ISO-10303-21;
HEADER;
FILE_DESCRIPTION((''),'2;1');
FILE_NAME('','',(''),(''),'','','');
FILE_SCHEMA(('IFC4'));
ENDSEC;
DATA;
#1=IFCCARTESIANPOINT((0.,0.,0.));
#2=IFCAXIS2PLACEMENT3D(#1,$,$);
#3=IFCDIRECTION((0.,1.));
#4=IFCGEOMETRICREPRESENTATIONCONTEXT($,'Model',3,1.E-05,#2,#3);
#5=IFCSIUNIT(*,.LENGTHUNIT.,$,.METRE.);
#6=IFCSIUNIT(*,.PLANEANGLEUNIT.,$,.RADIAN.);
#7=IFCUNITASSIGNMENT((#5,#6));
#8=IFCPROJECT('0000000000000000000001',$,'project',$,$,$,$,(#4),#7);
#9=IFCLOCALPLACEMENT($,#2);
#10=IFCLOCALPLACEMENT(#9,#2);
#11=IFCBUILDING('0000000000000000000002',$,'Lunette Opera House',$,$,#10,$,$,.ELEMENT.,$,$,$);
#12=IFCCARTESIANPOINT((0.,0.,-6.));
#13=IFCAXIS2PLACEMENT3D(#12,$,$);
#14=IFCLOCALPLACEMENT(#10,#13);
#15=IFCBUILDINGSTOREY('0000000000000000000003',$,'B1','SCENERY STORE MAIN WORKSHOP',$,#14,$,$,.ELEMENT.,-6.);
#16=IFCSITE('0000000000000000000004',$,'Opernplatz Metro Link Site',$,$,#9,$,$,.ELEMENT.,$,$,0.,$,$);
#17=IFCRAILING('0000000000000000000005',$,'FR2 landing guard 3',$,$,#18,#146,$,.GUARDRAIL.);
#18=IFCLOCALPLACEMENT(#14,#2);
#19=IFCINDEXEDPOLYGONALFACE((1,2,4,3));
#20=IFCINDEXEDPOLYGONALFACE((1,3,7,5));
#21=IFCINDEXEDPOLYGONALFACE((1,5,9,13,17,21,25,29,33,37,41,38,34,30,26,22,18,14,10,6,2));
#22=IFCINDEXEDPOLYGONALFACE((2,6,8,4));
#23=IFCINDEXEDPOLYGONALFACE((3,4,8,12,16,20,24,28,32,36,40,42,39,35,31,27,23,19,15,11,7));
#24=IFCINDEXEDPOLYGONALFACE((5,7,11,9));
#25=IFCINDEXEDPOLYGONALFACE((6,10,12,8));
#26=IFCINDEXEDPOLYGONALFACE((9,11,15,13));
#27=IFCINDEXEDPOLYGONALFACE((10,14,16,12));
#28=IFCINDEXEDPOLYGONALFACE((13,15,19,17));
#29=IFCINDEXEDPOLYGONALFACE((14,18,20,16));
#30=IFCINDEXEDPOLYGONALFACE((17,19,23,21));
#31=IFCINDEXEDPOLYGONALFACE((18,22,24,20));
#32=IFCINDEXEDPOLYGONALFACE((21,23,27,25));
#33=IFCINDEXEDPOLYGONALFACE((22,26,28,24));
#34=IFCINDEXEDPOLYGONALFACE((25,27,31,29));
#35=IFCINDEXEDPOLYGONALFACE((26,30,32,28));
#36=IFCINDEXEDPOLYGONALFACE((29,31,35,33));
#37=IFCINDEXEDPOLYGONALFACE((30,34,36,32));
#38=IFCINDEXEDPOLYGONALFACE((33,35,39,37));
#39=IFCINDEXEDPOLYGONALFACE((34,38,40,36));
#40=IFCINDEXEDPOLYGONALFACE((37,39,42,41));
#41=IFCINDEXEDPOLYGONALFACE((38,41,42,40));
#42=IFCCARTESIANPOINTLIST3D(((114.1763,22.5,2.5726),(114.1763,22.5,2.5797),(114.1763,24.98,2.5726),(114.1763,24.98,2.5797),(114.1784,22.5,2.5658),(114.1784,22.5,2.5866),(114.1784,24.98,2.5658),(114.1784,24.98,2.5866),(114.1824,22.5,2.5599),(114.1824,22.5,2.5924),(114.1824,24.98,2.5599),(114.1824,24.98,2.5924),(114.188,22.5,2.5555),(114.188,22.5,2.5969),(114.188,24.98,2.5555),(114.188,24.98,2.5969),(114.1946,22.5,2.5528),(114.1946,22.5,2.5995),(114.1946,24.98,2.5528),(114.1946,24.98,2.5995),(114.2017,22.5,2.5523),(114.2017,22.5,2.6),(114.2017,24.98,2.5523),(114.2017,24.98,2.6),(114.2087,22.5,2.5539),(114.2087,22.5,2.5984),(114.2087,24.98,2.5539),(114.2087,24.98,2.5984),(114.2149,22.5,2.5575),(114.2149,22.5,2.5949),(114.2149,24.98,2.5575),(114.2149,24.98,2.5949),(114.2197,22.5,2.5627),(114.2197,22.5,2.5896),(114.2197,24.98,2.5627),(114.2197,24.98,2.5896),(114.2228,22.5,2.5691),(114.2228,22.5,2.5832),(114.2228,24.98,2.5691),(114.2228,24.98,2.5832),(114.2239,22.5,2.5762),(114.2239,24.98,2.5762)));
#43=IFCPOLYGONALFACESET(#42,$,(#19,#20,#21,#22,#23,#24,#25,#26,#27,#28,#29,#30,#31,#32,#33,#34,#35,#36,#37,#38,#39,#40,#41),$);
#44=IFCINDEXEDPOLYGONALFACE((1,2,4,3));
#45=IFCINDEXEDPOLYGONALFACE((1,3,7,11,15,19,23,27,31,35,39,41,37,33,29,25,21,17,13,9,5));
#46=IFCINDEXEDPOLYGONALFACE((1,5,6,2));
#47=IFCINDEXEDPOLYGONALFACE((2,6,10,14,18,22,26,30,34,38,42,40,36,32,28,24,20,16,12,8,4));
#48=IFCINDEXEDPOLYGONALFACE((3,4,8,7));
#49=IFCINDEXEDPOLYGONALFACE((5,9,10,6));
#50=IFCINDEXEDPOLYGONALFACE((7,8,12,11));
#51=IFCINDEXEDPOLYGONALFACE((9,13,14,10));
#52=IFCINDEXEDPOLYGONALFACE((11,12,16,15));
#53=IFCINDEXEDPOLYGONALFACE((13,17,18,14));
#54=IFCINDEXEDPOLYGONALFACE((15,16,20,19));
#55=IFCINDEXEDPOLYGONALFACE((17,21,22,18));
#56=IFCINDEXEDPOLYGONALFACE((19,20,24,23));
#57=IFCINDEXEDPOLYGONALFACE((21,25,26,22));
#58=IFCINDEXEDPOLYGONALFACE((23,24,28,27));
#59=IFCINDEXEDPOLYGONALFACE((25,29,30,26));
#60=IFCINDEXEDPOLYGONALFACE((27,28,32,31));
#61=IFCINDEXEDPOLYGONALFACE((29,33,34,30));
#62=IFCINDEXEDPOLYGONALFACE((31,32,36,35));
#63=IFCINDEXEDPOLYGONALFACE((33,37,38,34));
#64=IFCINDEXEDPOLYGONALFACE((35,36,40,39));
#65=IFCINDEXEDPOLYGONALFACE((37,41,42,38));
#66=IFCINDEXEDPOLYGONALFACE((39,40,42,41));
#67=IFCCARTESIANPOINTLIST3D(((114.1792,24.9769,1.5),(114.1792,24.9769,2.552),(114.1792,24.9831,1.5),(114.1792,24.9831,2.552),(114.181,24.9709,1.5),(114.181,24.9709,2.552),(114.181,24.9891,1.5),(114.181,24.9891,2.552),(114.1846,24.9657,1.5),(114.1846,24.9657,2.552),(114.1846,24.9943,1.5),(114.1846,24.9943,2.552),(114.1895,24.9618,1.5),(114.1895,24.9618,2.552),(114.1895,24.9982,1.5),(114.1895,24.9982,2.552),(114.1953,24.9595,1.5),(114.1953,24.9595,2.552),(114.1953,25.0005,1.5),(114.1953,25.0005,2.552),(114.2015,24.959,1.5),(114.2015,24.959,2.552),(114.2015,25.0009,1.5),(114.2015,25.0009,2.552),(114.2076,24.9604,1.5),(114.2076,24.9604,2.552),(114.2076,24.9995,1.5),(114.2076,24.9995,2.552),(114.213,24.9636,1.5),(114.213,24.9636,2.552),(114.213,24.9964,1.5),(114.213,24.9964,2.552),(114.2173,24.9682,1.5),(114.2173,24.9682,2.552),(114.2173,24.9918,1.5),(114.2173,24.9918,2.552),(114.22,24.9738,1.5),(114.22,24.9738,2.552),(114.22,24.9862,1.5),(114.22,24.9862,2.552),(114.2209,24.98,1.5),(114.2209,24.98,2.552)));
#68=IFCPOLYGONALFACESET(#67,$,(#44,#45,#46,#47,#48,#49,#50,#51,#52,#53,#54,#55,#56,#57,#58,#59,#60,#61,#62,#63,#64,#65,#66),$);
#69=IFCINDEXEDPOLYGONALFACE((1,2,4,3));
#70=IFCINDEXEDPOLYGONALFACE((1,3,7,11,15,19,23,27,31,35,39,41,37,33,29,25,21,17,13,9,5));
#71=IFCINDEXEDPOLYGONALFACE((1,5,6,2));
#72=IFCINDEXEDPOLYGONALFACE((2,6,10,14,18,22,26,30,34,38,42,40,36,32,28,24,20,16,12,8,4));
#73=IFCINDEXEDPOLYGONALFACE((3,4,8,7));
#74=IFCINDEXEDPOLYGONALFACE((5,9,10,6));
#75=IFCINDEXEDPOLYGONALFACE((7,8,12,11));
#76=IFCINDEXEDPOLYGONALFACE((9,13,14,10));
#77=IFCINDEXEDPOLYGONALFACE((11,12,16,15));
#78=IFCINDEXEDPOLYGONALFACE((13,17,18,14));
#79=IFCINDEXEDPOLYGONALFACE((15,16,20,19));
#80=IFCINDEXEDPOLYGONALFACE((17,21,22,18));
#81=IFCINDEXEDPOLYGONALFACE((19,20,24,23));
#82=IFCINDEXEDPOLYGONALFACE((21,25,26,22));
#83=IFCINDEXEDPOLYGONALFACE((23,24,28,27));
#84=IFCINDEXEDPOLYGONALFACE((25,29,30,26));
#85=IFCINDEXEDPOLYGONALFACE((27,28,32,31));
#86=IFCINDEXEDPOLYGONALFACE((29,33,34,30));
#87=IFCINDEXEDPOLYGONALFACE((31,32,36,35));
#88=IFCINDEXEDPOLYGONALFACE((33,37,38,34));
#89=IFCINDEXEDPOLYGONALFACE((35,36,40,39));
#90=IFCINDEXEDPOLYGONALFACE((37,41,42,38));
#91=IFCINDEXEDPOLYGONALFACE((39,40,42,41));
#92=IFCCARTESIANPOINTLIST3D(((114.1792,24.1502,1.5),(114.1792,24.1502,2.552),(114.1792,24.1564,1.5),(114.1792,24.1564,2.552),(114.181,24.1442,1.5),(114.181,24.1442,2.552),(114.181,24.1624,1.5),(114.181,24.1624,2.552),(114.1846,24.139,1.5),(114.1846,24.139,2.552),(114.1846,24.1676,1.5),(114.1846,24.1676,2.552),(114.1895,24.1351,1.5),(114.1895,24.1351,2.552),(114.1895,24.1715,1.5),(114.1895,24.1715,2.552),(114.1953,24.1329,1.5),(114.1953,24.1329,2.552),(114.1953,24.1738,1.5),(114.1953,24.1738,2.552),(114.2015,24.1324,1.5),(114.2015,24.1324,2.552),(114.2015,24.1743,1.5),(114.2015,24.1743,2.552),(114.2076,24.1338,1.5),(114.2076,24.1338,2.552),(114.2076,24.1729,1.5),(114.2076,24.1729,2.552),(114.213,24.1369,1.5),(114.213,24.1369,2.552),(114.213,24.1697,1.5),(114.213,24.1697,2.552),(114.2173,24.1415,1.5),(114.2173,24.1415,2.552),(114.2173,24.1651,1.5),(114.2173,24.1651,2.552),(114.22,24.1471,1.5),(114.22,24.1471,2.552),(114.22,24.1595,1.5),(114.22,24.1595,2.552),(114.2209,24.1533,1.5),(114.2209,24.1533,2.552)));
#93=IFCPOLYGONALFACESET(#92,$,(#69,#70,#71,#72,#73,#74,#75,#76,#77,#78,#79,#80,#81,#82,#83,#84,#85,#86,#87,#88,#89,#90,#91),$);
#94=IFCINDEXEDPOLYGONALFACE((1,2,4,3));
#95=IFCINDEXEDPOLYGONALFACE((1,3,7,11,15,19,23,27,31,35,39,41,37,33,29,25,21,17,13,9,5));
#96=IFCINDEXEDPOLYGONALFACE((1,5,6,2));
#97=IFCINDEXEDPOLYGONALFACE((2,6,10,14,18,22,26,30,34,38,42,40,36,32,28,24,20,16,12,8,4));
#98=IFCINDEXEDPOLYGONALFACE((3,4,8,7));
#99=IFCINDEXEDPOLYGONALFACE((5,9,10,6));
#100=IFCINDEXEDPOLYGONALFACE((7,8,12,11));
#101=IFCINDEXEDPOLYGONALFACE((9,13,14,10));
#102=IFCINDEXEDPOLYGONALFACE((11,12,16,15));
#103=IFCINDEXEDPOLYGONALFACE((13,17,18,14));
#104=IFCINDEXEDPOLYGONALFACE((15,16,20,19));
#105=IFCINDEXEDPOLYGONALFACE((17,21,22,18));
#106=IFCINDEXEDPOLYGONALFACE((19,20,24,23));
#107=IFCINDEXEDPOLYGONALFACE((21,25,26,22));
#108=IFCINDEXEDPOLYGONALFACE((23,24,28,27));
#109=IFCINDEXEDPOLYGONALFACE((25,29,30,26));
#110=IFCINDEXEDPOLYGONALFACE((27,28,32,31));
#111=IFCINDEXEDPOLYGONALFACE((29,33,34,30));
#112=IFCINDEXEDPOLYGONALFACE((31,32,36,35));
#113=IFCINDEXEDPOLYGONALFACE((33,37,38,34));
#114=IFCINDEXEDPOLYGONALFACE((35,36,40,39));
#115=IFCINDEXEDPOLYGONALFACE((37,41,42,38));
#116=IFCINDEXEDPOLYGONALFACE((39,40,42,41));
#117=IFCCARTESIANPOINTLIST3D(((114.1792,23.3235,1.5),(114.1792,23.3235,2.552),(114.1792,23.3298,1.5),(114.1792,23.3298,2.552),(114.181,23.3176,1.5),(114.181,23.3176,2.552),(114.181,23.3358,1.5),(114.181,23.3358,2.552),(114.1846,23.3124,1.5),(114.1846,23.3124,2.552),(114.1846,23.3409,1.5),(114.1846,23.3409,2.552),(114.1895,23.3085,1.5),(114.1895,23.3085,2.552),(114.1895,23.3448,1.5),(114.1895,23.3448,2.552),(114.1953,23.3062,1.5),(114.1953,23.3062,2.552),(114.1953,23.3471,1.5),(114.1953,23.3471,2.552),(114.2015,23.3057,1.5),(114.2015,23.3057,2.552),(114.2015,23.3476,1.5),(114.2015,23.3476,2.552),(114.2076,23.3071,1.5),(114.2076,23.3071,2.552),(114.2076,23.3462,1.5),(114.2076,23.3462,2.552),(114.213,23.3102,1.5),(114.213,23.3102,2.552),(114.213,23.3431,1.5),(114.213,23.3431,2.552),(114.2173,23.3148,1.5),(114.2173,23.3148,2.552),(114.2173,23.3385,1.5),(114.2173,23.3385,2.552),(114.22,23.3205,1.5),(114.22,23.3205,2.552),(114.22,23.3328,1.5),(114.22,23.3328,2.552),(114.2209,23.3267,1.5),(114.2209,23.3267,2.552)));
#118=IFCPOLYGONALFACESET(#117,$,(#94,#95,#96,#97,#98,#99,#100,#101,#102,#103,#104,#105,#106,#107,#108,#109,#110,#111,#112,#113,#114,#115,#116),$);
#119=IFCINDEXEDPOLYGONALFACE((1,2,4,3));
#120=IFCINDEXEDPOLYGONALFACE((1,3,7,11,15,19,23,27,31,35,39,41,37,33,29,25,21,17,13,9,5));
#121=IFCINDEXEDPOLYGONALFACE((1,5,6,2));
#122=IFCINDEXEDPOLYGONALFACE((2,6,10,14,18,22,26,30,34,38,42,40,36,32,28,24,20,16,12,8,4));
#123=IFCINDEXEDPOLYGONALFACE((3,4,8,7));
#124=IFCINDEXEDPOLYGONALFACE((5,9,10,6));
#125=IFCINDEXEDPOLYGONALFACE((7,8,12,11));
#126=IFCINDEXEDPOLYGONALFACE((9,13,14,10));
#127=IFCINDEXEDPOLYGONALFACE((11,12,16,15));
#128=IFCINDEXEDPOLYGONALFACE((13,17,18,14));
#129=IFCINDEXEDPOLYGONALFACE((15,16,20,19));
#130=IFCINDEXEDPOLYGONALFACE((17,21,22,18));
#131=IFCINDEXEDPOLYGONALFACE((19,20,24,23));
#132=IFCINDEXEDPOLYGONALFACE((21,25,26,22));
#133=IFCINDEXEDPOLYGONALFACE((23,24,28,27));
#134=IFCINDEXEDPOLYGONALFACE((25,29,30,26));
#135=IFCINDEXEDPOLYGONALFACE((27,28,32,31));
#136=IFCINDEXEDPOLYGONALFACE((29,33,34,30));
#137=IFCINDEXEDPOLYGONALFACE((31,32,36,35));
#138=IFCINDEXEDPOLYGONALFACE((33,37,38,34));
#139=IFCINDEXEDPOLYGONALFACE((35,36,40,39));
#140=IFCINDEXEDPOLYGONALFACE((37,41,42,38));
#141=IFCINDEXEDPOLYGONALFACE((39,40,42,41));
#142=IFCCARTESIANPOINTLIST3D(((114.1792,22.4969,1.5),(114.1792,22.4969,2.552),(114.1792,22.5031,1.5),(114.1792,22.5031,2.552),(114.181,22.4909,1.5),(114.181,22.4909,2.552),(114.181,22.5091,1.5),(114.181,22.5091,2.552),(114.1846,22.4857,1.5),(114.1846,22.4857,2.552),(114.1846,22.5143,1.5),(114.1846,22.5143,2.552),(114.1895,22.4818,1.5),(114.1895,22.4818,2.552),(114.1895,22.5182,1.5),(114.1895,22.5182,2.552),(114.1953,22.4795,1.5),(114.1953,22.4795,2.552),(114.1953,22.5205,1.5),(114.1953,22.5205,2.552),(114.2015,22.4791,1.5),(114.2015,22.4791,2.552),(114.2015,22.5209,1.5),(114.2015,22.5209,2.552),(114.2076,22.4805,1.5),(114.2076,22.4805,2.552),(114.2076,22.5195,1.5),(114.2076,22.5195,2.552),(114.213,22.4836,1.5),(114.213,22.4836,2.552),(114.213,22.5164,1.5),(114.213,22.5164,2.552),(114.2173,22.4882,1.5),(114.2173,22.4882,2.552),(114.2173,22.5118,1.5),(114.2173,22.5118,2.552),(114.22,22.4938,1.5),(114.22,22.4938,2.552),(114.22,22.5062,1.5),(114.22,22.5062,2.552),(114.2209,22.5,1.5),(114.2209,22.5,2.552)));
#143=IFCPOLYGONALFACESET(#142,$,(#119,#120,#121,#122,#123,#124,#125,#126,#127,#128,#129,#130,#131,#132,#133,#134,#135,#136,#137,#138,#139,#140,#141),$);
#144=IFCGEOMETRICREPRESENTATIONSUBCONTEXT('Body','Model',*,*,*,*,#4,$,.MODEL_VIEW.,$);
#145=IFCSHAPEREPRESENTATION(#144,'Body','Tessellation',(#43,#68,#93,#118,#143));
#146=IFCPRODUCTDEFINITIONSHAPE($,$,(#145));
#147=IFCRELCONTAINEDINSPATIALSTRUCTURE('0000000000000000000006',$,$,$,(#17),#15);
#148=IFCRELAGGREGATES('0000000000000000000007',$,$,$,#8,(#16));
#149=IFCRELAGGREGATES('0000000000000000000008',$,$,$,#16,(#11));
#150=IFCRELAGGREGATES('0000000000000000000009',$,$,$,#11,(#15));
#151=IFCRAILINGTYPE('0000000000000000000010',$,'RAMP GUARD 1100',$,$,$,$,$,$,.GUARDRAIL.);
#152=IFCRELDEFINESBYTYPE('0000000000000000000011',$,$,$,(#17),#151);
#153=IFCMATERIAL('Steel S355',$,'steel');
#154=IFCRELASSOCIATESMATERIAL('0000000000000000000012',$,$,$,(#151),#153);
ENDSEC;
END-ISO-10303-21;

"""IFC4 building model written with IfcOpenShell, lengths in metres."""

from ifc_helpers import new_model, si_unit, direction, frame, origin, origin_2d, place, context, subcontext, project, spatial, circle, extrude, material, type_object, element, save


model = new_model("IFC4")

# Units and contexts
model_context = context("Model", 3, precision=1e-05, world=origin(), true_north=direction((0.0, 1.0)))
body_context = subcontext(model_context, "Body", "Model", "MODEL_VIEW")
ifc_project = project(units=[si_unit("LENGTHUNIT", "METRE"), si_unit("PLANEANGLEUNIT", "RADIAN")], contexts=[model_context])

# Site, building, storey
site_placement = place(None, origin())
site = spatial("IfcSite", under=ifc_project, at=site_placement, Name="Opernplatz Metro Link Site", CompositionType="ELEMENT", RefElevation=0.0)
building_placement = place(site_placement, origin())
building = spatial("IfcBuilding", under=site, at=building_placement, Name="Lunette Opera House", CompositionType="ELEMENT")
storey_placement = place(building_placement, frame((0.0, 0.0, -6.0)))
storey = spatial("IfcBuildingStorey", under=building, at=storey_placement, Name="B1", Description="SCENERY STORE MAIN WORKSHOP", CompositionType="ELEMENT", Elevation=-6.0)

# Railing
ifc_material_1 = material(Name="Steel S355", Category="steel")
railing_type_1 = type_object("IfcRailingType", Name="RAMP GUARD 1100", PredefinedType="GUARDRAIL", material=ifc_material_1)
railing_1_placement = place(storey_placement, frame((114.2, 24.98, 1.5)))
element("IfcRailing", 1, at=railing_1_placement, inside=storey, type_object=railing_type_1, Name="FR2 landing guard 3", PredefinedType="GUARDRAIL", context=body_context, shape_type="SweptSolid", body=[
    extrude(circle(Radius=0.0239, at=origin_2d()), frame((0.0, 0.0, 1.0762), z_axis=(0.0, -1.0, 0.0), x_axis=(1.0, 0.0, 0.0)), (0.0, 0.0, 1.0), 2.48),
    extrude(circle(Radius=0.021, at=origin_2d()), origin(), (0.0, 0.0, 1.0), 1.052),
    extrude(circle(Radius=0.021, at=origin_2d()), frame((0.0, -0.8267, 0.0)), (0.0, 0.0, 1.0), 1.052),
    extrude(circle(Radius=0.021, at=origin_2d()), frame((0.0, -1.6533, 0.0)), (0.0, 0.0, 1.0), 1.052),
    extrude(circle(Radius=0.021, at=origin_2d()), frame((0.0, -2.48, 0.0)), (0.0, 0.0, 1.0), 1.052),
])

save(model, "model.ifc")
